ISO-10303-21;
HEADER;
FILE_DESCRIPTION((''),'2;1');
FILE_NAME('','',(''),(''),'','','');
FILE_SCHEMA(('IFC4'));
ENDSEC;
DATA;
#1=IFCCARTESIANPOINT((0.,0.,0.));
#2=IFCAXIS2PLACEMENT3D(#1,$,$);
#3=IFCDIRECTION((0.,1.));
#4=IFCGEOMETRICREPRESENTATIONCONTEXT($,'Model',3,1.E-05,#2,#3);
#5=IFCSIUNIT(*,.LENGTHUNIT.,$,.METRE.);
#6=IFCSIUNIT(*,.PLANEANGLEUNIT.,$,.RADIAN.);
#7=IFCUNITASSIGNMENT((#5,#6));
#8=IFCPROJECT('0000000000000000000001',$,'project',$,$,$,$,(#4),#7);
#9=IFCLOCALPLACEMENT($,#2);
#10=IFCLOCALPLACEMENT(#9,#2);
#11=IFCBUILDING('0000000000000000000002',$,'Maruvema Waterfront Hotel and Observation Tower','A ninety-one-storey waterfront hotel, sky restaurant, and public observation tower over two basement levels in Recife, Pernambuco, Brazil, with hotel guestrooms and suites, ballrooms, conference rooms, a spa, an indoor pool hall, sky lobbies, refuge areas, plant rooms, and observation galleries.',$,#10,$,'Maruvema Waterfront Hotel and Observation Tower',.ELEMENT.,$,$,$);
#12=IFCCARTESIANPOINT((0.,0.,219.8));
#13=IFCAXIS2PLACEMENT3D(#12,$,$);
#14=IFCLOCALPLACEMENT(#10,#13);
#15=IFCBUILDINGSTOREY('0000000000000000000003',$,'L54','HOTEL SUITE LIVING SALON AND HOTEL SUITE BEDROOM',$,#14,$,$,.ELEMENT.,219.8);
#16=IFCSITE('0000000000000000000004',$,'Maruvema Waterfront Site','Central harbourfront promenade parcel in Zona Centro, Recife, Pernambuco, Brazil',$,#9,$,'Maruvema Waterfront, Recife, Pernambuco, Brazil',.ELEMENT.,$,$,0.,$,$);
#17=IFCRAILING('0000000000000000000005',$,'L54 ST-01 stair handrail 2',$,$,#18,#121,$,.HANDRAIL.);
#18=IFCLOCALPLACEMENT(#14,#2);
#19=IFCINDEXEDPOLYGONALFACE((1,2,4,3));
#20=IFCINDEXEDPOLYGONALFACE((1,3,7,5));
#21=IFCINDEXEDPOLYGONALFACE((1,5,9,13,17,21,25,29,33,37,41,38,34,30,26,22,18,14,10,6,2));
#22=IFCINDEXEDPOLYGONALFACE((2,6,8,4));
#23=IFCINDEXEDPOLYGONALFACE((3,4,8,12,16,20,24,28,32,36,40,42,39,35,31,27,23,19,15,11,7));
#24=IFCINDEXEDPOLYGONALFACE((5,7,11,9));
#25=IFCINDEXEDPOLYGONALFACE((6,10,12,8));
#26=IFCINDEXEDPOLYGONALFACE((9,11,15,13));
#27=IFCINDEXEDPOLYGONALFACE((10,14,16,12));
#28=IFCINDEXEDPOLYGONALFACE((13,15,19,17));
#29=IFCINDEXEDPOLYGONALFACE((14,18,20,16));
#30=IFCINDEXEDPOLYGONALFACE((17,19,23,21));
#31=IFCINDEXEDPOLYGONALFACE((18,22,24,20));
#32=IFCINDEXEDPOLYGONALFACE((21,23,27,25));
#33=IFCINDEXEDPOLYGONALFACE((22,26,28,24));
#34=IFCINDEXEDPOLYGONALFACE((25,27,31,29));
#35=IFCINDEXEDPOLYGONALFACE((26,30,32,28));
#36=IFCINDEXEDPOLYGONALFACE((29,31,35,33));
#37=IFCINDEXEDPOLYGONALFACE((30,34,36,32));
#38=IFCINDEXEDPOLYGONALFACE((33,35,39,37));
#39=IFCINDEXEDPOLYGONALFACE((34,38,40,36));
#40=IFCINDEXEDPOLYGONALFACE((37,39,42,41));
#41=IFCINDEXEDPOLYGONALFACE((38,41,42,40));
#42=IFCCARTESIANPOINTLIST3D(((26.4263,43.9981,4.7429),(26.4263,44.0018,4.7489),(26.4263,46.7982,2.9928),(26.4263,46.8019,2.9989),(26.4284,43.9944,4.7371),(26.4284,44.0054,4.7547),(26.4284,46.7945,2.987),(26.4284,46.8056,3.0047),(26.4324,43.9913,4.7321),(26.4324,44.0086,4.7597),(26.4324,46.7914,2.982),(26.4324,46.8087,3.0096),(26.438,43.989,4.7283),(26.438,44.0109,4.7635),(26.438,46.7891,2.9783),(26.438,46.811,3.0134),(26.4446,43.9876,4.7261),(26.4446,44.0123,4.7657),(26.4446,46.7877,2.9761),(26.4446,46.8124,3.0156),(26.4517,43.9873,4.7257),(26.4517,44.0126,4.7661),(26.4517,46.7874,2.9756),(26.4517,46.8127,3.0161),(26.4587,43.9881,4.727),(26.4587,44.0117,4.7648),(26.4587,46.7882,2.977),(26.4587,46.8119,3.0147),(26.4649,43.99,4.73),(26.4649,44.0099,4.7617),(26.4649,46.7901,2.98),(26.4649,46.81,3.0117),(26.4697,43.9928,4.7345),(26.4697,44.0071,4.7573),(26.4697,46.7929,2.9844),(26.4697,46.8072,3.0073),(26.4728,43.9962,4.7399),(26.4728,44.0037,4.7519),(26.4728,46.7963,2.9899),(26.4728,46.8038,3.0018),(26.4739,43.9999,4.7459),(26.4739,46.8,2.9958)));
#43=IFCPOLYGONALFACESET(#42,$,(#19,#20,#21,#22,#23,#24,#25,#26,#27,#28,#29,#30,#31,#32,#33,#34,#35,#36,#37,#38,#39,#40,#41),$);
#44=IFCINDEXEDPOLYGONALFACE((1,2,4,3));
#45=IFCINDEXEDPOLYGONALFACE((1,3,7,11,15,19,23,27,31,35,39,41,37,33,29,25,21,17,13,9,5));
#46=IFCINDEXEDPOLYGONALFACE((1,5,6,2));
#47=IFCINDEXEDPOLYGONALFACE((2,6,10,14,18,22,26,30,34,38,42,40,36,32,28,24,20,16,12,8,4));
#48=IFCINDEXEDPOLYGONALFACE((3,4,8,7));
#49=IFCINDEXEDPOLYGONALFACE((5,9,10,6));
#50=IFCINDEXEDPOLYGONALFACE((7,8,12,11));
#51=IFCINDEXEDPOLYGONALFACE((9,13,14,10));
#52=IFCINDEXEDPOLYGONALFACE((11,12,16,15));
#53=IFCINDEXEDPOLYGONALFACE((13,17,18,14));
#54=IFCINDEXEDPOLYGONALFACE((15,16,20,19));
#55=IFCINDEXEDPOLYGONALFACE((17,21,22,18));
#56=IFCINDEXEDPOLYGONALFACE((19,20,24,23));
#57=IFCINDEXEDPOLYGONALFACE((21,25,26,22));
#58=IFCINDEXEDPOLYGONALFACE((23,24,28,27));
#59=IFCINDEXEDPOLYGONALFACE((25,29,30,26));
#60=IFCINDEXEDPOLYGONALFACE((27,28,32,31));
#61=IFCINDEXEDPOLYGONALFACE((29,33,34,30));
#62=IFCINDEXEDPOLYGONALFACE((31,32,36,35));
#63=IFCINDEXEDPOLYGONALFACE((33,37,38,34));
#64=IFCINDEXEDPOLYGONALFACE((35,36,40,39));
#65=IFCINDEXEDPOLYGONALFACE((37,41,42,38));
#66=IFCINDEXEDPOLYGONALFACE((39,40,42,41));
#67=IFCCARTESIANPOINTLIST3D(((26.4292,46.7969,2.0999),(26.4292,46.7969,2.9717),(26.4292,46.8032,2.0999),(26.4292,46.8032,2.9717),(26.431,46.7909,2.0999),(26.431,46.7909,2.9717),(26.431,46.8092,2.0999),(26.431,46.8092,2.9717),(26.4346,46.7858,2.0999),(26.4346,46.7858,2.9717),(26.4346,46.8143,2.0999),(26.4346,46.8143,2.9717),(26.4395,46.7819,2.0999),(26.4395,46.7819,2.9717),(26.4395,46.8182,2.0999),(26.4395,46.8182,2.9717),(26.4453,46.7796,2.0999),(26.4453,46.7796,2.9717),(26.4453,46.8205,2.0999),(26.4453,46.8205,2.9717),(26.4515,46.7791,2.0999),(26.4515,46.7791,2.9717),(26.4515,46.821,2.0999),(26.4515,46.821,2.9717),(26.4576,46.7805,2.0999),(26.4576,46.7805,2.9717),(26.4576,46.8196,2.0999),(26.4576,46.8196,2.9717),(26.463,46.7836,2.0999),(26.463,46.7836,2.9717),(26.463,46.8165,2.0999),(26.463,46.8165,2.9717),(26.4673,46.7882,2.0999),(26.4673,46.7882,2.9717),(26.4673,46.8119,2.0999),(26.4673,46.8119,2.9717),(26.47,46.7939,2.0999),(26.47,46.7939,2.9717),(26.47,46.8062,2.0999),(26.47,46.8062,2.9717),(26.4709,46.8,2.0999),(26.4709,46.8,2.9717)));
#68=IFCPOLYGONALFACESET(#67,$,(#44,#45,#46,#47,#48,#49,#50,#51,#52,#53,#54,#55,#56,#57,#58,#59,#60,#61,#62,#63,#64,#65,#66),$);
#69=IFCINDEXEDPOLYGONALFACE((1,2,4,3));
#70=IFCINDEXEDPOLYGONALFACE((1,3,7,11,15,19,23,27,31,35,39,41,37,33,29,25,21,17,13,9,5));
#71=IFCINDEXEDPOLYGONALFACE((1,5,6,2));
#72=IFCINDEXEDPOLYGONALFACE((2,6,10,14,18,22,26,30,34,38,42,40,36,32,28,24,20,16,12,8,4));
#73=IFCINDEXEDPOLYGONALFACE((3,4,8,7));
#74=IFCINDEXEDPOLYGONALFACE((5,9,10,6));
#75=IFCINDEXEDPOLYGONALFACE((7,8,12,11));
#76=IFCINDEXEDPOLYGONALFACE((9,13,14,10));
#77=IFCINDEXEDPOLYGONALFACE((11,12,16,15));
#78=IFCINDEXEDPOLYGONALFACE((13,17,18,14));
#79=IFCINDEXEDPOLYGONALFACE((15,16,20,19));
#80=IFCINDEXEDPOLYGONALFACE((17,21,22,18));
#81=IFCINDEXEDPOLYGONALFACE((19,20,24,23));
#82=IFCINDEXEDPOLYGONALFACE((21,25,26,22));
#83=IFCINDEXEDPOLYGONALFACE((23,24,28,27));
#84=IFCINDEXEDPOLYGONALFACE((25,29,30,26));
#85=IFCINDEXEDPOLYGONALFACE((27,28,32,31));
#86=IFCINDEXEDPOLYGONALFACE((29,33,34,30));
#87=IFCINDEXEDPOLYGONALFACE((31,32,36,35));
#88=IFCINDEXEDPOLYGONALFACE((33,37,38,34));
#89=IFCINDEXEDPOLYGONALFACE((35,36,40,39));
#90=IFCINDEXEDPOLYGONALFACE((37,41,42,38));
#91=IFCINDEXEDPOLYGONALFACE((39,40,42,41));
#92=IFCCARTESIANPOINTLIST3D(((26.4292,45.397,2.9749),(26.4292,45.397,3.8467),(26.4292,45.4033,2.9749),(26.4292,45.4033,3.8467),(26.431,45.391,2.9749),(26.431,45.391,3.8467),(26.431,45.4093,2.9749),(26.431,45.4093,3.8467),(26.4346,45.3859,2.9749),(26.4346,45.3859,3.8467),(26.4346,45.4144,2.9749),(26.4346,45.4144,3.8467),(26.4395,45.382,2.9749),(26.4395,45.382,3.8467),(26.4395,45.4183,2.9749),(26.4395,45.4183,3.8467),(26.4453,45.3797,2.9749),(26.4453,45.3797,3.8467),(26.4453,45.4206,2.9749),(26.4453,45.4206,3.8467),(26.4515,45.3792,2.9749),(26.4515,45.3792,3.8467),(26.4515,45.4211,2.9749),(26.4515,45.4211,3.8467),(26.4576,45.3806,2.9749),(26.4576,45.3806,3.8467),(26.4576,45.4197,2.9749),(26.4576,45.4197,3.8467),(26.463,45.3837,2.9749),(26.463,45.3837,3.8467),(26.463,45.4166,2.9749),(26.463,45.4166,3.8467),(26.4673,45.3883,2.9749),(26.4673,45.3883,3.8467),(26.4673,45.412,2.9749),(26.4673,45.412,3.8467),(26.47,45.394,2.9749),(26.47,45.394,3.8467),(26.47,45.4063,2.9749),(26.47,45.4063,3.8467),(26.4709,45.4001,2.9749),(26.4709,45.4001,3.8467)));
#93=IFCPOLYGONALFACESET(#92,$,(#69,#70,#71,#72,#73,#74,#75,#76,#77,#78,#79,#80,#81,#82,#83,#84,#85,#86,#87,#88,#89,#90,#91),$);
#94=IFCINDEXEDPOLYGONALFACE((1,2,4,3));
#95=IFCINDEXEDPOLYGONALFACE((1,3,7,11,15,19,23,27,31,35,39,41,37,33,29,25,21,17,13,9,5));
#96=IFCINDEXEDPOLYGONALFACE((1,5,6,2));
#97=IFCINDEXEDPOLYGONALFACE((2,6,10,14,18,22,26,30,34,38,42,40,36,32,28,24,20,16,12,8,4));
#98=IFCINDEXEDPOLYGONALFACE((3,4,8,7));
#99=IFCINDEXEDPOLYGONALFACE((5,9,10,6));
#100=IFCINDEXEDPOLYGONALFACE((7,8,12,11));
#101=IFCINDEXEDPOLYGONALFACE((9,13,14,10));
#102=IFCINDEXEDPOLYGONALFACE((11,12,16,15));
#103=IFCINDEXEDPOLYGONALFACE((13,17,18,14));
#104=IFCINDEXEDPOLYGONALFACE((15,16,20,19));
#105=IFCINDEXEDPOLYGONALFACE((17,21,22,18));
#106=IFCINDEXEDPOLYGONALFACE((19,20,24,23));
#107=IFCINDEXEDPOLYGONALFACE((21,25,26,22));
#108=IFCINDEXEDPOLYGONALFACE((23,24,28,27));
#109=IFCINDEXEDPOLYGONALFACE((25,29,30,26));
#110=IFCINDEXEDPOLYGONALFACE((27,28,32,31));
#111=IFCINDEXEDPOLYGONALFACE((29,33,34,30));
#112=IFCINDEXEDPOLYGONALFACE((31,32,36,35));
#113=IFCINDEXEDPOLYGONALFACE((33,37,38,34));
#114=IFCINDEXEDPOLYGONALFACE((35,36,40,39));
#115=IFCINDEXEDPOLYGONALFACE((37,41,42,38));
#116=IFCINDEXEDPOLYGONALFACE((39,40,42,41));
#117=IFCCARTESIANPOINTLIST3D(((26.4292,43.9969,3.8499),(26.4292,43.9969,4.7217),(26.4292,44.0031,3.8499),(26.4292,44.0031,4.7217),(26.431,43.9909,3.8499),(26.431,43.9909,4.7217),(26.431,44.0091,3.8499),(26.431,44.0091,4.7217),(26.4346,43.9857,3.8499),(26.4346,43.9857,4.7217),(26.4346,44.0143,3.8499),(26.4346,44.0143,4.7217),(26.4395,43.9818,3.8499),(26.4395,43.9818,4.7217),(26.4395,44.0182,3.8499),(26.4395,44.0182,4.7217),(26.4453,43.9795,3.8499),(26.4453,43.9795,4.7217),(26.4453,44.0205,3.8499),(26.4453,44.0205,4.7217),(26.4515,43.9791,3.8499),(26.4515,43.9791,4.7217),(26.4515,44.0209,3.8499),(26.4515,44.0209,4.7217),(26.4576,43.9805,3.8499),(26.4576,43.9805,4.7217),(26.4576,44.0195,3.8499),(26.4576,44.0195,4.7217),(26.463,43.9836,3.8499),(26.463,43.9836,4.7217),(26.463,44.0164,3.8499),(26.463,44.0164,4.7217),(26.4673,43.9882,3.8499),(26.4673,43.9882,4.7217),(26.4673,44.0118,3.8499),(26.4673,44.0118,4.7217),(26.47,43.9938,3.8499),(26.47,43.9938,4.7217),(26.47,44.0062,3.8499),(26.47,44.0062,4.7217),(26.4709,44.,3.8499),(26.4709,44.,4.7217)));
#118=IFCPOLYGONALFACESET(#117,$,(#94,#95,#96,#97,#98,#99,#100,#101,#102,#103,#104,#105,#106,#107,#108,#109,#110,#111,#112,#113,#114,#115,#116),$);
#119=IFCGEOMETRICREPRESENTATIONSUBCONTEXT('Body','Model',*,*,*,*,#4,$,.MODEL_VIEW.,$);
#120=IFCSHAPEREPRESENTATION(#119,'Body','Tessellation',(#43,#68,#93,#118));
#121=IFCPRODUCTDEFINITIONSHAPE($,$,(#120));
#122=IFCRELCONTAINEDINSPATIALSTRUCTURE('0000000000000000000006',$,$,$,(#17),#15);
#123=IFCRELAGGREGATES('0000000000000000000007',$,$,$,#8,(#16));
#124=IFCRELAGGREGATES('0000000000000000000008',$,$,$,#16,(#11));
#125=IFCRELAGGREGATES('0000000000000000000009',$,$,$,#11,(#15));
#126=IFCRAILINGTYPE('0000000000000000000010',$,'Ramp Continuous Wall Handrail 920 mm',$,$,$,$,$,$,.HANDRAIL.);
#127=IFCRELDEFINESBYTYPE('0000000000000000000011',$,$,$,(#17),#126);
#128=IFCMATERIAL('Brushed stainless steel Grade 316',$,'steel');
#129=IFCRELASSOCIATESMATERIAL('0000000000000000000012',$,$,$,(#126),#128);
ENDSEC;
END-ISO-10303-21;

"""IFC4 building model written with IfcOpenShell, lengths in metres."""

from ifc_helpers import new_model, si_unit, direction, frame, origin, origin_2d, place, context, subcontext, project, spatial, circle, extrude, material, type_object, element, save


model = new_model("IFC4")

# Units and contexts
model_context = context("Model", 3, precision=1e-05, world=origin(), true_north=direction((0.0, 1.0)))
body_context = subcontext(model_context, "Body", "Model", "MODEL_VIEW")
ifc_project = project(units=[si_unit("LENGTHUNIT", "METRE"), si_unit("PLANEANGLEUNIT", "RADIAN")], contexts=[model_context])

# Site, building, storey
site_placement = place(None, origin())
site = spatial("IfcSite", under=ifc_project, at=site_placement, Name="Maruvema Waterfront Site", Description="Central harbourfront promenade parcel in Zona Centro, Recife, Pernambuco, Brazil", LongName="Maruvema Waterfront, Recife, Pernambuco, Brazil", CompositionType="ELEMENT", RefElevation=0.0)
building_placement = place(site_placement, origin())
building = spatial("IfcBuilding", under=site, at=building_placement, Name="Maruvema Waterfront Hotel and Observation Tower", Description="A ninety-one-storey waterfront hotel, sky restaurant, and public observation tower over two basement levels in Recife, Pernambuco, Brazil, with hotel guestrooms and suites, ballrooms, conference rooms, a spa, an indoor pool hall, sky lobbies, refuge areas, plant rooms, and observation galleries.", LongName="Maruvema Waterfront Hotel and Observation Tower", CompositionType="ELEMENT")
storey_placement = place(building_placement, frame((0.0, 0.0, 219.8)))
storey = spatial("IfcBuildingStorey", under=building, at=storey_placement, Name="L54", Description="HOTEL SUITE LIVING SALON AND HOTEL SUITE BEDROOM", CompositionType="ELEMENT", Elevation=219.8)

# Railing
ifc_material_1 = material(Name="Brushed stainless steel Grade 316", Category="steel")
railing_type_1 = type_object("IfcRailingType", Name="Ramp Continuous Wall Handrail 920 mm", PredefinedType="HANDRAIL", material=ifc_material_1)
railing_1_placement = place(storey_placement, frame((26.45, 46.8, 2.0999)))
element("IfcRailing", 1, at=railing_1_placement, inside=storey, type_object=railing_type_1, Name="L54 ST-01 stair handrail 2", PredefinedType="HANDRAIL", context=body_context, shape_type="SweptSolid", body=[
    extrude(circle(Radius=0.0239, at=origin_2d()), frame((0.0, 0.0, 0.896), z_axis=(0.0, -0.848002, 0.529992), x_axis=(1.0, 0.0, 0.0)), (0.0, 0.0, 1.0), 3.302),
    extrude(circle(Radius=0.021, at=origin_2d()), origin(), (0.0, 0.0, 1.0), 0.8718),
    extrude(circle(Radius=0.021, at=origin_2d()), frame((0.0, -1.3999, 0.875)), (0.0, 0.0, 1.0), 0.8718),
    extrude(circle(Radius=0.021, at=origin_2d()), frame((0.0, -2.8, 1.75)), (0.0, 0.0, 1.0), 0.8718),
])

save(model, "model.ifc")
